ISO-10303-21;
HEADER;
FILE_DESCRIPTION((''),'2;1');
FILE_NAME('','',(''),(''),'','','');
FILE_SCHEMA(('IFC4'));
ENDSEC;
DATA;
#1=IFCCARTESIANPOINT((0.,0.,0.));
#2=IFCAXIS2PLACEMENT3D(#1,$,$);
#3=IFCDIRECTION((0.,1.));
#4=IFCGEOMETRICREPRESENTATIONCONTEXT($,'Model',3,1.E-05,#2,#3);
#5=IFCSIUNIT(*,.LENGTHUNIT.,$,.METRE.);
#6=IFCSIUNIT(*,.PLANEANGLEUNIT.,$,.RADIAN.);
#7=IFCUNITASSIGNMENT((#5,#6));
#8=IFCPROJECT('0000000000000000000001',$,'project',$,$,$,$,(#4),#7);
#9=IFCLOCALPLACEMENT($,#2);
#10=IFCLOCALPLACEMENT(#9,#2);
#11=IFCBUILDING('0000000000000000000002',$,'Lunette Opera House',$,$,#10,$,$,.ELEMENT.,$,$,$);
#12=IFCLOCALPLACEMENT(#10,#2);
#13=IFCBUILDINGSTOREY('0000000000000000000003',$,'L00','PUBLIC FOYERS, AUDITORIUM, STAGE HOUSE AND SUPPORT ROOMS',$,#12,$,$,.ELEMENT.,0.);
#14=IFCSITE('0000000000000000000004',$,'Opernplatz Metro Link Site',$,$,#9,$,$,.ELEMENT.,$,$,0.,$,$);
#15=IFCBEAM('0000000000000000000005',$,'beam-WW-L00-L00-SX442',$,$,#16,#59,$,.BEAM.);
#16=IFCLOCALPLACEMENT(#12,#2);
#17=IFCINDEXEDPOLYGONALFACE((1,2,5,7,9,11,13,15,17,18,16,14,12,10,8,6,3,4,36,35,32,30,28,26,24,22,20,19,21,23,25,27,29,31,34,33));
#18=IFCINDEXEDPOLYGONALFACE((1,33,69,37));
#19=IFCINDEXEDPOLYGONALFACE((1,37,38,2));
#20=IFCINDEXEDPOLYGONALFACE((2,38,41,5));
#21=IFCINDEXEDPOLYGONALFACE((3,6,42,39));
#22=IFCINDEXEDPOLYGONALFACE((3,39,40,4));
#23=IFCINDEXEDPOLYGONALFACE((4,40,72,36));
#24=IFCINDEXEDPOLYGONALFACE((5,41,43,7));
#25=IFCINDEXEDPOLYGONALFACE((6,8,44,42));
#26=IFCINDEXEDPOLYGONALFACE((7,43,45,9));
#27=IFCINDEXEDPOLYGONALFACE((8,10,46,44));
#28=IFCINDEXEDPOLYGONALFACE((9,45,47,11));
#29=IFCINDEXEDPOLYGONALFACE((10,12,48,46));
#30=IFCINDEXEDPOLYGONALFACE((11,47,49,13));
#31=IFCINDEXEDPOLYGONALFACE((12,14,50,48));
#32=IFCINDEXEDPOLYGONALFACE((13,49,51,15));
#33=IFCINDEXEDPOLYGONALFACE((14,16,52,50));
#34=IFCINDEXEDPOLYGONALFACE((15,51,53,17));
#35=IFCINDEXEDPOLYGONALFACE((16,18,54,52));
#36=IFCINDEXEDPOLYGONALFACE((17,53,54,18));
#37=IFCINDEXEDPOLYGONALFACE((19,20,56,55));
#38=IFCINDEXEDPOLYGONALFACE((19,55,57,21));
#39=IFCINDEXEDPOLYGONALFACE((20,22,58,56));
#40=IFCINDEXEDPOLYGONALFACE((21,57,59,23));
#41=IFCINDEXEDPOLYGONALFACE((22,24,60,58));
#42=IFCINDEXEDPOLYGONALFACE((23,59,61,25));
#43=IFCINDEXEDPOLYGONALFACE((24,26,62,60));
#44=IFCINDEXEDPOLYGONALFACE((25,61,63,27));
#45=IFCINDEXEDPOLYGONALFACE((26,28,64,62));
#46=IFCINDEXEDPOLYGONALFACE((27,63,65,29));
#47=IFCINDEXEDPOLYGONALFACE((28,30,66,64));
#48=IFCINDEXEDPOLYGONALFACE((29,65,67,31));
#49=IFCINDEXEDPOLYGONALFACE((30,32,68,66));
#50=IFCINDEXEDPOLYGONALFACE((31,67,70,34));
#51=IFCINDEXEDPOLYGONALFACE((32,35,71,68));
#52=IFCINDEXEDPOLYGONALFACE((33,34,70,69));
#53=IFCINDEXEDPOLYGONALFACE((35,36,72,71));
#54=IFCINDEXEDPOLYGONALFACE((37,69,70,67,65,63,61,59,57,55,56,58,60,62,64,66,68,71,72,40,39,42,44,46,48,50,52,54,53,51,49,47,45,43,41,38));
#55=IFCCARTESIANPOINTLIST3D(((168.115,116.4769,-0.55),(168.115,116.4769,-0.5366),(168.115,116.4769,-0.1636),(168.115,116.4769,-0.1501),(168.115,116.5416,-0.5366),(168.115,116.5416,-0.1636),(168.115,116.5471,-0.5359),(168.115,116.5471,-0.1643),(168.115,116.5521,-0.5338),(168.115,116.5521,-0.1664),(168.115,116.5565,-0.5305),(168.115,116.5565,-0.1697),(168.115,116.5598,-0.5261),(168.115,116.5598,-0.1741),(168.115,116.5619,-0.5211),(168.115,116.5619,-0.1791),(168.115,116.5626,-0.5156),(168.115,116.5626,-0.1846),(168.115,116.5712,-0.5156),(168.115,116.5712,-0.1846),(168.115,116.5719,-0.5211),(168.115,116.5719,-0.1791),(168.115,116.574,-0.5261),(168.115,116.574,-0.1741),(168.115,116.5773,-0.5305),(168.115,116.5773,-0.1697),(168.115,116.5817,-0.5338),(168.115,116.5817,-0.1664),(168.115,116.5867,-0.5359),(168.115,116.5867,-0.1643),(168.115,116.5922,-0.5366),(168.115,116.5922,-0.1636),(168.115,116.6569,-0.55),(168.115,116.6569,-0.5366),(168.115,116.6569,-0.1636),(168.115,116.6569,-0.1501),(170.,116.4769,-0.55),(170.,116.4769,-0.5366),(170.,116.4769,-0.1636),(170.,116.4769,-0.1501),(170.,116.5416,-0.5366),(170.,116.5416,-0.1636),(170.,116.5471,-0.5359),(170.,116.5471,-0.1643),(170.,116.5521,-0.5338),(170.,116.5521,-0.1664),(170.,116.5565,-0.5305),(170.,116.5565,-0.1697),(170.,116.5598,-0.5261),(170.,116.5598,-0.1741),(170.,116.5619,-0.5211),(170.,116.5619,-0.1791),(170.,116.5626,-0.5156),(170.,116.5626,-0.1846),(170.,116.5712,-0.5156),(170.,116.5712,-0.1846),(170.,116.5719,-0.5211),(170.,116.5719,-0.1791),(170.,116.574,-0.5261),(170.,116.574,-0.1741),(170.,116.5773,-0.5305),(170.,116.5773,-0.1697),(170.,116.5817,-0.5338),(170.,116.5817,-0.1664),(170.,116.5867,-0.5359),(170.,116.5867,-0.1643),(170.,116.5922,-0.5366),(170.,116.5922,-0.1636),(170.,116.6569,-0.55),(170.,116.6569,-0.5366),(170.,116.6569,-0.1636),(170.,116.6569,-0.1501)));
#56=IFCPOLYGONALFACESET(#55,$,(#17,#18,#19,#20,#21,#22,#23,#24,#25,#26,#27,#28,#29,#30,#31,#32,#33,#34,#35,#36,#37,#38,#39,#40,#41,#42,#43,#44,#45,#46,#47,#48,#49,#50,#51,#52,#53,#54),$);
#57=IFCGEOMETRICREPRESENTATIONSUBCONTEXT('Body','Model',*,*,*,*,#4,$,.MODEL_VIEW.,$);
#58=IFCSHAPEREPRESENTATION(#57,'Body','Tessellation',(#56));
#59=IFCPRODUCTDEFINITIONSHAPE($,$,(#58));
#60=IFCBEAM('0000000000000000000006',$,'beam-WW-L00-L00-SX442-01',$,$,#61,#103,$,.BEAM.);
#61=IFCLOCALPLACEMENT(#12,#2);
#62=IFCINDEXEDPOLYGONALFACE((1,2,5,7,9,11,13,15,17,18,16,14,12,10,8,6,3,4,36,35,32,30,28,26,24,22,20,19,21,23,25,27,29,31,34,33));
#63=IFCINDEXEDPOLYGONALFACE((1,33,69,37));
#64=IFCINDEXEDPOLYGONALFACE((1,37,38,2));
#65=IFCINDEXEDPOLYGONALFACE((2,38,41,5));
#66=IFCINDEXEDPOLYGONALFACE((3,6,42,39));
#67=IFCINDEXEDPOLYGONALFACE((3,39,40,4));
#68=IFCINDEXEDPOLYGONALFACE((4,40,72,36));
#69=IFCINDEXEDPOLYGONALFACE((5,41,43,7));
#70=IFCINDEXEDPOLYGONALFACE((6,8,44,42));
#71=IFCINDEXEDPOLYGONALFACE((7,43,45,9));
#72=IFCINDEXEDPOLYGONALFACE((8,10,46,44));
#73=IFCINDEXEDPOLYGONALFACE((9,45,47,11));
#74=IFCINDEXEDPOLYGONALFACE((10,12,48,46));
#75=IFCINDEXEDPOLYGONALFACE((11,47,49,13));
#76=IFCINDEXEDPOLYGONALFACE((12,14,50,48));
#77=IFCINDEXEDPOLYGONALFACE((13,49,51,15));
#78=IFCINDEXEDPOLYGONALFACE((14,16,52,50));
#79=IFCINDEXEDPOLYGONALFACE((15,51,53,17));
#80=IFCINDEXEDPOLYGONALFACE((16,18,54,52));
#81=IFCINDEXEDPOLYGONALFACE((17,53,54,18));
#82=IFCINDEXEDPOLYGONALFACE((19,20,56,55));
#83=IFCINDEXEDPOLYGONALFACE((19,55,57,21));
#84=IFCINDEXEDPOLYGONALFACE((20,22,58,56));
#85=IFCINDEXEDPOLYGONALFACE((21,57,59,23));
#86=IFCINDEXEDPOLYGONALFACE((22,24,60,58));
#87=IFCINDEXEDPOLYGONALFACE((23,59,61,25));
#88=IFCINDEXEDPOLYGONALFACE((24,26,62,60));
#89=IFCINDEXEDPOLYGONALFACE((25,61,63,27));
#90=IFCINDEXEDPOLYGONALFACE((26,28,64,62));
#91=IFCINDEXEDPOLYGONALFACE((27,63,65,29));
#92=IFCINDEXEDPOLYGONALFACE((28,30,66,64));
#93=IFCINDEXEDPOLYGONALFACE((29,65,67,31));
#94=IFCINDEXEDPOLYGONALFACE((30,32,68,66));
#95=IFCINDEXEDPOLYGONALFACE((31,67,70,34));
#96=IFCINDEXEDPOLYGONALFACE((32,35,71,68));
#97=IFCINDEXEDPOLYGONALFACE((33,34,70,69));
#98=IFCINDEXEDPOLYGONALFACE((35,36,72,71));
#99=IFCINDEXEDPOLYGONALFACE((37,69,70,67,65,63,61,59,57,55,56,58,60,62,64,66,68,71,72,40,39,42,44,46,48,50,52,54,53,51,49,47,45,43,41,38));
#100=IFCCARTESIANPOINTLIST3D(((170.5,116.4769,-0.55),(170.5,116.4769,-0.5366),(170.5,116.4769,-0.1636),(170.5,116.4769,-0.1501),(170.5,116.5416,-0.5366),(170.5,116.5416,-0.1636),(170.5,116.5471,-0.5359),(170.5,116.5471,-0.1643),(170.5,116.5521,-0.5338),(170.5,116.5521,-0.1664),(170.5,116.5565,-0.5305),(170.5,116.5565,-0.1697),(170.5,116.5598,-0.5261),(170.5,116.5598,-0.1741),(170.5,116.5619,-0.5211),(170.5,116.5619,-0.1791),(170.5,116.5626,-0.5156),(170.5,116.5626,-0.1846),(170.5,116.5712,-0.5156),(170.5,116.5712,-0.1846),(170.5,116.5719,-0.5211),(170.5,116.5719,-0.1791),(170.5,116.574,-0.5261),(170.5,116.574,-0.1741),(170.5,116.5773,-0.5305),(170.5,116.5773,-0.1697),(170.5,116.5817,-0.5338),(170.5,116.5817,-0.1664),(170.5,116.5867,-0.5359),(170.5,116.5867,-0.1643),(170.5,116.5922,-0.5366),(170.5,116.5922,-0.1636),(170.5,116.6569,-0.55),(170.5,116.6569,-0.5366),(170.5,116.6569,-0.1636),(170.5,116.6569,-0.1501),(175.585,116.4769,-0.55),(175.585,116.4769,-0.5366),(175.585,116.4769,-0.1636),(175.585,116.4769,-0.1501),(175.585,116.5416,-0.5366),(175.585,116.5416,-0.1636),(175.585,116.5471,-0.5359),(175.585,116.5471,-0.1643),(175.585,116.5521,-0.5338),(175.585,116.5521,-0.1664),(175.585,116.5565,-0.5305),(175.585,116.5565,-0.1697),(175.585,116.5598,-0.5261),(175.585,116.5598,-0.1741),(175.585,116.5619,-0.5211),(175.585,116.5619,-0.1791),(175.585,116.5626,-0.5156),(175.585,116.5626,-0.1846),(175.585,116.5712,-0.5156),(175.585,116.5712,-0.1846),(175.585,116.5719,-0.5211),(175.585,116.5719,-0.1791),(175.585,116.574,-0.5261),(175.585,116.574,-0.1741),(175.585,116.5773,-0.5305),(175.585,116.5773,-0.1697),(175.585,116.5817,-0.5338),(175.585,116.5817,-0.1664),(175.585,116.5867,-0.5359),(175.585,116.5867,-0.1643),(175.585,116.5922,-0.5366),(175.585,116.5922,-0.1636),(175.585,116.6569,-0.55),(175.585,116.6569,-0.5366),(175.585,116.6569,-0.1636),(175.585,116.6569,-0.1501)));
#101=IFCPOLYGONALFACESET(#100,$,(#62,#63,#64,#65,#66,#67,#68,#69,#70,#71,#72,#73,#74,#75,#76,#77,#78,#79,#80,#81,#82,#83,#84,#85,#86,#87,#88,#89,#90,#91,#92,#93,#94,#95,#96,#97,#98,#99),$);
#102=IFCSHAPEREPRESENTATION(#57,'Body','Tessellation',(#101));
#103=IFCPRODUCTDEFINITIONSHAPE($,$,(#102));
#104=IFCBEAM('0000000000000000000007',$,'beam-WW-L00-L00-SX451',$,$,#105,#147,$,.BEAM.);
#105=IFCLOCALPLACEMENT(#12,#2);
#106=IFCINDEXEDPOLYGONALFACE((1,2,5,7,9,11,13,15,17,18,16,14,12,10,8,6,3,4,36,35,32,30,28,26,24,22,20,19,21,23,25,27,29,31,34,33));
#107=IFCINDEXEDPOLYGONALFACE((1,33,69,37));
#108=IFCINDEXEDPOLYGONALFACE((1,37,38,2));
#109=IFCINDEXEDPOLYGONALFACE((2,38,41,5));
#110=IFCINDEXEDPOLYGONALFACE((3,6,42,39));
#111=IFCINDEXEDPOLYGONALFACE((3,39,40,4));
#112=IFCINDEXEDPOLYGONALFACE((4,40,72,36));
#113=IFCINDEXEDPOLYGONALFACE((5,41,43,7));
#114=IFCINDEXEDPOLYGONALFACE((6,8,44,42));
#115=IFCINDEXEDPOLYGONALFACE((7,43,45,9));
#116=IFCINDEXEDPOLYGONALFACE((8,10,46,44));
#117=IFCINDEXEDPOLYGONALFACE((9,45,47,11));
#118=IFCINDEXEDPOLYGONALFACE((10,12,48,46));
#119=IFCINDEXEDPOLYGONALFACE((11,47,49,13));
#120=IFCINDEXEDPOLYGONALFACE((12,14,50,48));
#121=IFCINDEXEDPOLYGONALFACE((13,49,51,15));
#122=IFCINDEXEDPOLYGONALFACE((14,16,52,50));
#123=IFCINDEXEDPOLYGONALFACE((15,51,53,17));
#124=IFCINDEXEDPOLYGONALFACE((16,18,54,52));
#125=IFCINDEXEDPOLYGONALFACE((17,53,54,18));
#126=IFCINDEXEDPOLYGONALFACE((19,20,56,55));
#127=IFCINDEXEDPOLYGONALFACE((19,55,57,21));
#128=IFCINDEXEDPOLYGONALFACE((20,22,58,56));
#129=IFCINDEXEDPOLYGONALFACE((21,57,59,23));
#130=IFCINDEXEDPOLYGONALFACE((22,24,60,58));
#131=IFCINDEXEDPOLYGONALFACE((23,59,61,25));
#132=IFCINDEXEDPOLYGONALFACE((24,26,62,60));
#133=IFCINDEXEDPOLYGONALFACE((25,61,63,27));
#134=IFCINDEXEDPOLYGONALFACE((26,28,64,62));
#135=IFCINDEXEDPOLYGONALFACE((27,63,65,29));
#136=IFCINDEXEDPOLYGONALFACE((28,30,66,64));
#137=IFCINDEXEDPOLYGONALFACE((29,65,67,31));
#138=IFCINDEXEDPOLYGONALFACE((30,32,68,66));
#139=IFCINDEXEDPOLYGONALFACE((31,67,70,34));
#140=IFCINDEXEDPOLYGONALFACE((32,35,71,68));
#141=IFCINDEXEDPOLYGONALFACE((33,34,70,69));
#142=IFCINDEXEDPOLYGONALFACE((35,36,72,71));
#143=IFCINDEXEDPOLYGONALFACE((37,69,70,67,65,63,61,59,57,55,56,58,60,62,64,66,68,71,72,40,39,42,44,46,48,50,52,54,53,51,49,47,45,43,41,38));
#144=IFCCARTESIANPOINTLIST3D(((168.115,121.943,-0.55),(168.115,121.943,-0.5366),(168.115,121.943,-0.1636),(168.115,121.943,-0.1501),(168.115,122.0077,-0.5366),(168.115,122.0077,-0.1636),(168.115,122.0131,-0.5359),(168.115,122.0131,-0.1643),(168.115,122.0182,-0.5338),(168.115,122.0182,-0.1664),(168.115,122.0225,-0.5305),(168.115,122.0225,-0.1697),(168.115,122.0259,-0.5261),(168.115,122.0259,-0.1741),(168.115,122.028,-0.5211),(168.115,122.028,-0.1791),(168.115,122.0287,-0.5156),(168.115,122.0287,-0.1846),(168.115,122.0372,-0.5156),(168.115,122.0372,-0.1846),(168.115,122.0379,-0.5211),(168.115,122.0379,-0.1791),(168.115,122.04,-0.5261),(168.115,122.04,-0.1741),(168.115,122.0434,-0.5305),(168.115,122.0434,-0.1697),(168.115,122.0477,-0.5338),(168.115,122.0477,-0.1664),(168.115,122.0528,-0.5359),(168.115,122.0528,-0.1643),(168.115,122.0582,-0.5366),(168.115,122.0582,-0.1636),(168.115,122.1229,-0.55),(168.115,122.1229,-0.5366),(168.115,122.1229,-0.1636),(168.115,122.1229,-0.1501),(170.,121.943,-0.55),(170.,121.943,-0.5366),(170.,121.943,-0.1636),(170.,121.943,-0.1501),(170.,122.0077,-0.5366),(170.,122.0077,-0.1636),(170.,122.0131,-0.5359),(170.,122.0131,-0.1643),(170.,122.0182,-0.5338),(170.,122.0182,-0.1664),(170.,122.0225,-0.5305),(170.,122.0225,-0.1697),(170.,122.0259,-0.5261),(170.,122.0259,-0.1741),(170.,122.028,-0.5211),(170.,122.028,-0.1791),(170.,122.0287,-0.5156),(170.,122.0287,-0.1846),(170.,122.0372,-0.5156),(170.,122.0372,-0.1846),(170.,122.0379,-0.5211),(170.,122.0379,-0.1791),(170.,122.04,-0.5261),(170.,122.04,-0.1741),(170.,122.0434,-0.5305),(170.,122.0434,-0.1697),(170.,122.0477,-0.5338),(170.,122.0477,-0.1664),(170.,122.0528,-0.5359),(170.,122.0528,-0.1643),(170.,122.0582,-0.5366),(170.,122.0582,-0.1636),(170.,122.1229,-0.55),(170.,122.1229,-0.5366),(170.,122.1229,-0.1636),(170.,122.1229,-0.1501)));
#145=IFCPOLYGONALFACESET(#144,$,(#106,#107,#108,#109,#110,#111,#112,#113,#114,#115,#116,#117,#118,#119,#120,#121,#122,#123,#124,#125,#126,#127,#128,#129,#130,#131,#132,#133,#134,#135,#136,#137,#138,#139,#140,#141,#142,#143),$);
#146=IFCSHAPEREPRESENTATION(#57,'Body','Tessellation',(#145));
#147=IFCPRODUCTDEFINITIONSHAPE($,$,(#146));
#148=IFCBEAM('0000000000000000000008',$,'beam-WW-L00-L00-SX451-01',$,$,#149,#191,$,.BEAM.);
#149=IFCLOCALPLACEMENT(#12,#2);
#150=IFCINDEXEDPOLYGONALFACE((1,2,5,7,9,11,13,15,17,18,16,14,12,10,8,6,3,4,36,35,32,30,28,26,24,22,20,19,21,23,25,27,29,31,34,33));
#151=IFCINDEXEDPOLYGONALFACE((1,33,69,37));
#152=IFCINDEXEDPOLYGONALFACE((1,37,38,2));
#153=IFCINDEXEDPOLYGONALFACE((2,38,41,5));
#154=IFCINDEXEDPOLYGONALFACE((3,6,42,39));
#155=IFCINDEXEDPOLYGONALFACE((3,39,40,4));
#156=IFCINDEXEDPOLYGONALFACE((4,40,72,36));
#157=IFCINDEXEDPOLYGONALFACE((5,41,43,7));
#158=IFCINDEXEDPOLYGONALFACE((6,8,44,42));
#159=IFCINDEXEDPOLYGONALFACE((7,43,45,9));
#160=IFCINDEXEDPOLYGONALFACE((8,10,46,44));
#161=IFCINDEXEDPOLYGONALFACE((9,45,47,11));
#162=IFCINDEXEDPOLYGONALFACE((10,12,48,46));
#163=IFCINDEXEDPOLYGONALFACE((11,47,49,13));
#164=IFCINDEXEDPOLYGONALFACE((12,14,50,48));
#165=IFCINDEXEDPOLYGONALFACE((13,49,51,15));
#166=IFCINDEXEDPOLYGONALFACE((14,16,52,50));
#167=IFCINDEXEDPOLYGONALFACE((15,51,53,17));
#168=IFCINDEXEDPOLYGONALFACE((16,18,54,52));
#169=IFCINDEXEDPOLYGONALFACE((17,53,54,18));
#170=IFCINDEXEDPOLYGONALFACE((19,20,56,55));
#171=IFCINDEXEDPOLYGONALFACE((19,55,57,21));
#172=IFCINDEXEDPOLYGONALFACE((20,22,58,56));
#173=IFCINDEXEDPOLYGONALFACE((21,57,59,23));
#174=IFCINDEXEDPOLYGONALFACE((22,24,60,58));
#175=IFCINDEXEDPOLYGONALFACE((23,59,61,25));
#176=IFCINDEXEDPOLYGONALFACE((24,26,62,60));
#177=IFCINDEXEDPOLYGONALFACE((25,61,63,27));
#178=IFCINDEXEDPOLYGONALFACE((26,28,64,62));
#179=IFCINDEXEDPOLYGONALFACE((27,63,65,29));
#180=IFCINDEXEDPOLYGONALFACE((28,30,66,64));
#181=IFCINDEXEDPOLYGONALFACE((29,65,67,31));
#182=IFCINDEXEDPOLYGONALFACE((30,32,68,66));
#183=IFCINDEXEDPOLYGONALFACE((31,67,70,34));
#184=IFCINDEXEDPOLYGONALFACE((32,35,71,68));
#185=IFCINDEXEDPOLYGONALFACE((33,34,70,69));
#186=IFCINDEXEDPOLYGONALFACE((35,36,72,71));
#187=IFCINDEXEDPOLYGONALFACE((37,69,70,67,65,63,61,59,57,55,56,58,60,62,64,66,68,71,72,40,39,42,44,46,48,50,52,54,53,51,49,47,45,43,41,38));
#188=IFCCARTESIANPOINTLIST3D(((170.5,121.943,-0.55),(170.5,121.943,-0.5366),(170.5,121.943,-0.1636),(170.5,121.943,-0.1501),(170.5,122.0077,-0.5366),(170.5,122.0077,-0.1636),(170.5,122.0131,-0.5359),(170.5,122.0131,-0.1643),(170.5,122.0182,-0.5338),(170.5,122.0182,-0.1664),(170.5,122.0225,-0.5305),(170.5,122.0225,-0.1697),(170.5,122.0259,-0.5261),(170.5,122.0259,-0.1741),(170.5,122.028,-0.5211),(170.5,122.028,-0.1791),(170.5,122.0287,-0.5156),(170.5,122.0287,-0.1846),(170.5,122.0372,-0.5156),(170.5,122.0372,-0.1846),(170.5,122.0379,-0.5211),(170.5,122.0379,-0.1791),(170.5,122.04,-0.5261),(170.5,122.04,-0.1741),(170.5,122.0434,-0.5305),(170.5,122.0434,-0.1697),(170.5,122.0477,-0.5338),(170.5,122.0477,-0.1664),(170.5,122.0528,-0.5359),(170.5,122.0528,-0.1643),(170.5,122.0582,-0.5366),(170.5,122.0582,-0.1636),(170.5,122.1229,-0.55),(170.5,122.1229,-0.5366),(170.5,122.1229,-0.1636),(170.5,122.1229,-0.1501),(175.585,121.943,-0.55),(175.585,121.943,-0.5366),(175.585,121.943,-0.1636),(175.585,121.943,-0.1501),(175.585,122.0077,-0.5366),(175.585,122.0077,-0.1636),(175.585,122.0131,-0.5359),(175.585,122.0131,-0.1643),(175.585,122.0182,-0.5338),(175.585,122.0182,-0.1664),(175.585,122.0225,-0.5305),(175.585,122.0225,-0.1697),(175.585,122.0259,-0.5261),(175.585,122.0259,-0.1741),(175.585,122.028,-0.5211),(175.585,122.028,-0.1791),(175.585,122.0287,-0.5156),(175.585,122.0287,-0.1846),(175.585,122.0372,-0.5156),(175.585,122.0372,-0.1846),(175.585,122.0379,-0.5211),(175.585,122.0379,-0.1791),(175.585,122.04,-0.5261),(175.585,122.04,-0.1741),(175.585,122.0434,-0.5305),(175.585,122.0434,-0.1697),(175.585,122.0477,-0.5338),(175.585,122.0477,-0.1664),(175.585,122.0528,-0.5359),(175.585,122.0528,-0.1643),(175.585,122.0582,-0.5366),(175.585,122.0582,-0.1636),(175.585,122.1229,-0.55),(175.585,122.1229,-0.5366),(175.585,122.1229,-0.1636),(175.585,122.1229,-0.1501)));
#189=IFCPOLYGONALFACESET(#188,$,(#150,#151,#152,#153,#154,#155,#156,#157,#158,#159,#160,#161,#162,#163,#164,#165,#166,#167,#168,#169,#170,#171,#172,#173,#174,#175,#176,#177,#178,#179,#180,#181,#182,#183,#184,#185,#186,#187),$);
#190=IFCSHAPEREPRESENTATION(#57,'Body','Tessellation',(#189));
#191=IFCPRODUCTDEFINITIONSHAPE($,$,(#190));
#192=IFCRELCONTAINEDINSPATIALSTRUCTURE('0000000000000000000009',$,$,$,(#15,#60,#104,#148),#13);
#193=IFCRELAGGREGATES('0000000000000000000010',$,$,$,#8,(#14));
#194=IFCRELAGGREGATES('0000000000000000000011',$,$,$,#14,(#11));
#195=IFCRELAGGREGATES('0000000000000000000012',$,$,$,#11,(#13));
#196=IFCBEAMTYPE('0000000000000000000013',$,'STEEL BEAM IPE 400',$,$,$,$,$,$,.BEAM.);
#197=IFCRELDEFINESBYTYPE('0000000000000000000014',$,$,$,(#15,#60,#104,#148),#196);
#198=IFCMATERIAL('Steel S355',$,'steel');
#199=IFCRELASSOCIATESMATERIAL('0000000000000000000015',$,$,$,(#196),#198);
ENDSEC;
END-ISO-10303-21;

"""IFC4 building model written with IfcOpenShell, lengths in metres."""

from ifc_helpers import new_model, si_unit, direction, frame, origin, origin_2d, place, context, subcontext, project, spatial, i_section, extrude, material, material_profile, profile_set, type_object, element, save


model = new_model("IFC4")

# Units and contexts
model_context = context("Model", 3, precision=1e-05, world=origin(), true_north=direction((0.0, 1.0)))
body_context = subcontext(model_context, "Body", "Model", "MODEL_VIEW")
ifc_project = project(units=[si_unit("LENGTHUNIT", "METRE"), si_unit("PLANEANGLEUNIT", "RADIAN")], contexts=[model_context])

# Site, building, storey
site_placement = place(None, origin())
site = spatial("IfcSite", under=ifc_project, at=site_placement, Name="Opernplatz Metro Link Site", CompositionType="ELEMENT", RefElevation=0.0)
building_placement = place(site_placement, origin())
building = spatial("IfcBuilding", under=site, at=building_placement, Name="Lunette Opera House", CompositionType="ELEMENT")
storey_placement = place(building_placement, origin())
storey = spatial("IfcBuildingStorey", under=building, at=storey_placement, Name="L00", Description="PUBLIC FOYERS, AUDITORIUM, STAGE HOUSE AND SUPPORT ROOMS", CompositionType="ELEMENT", Elevation=0.0)

# Beams
ifc_material_1 = material(Name="Steel S355", Category="steel")
ifc_material_profile_1 = material_profile(ifc_material_1, i_section(OverallWidth=0.1799, OverallDepth=0.3999, WebThickness=0.0085, FlangeThickness=0.0134, FilletRadius=0.021, at=origin_2d()), Name="IPE 400")
ifc_profile_set_1 = profile_set([ifc_material_profile_1], Name="Steel S355")
beam_type_1 = type_object("IfcBeamType", Name="STEEL BEAM IPE 400", PredefinedType="BEAM", material=ifc_profile_set_1)
beam_1_placement = place(storey_placement, frame((168.115, 116.5669, -0.3501), z_axis=(1.0, 0.0, 0.0), x_axis=(0.0, 1.0, 0.0)))
element("IfcBeam", 1, at=beam_1_placement, inside=storey, type_object=beam_type_1, Name="beam-WW-L00-L00-SX442", PredefinedType="BEAM", context=body_context, shape_type="SweptSolid", body=[
    extrude(i_section(OverallWidth=0.1799, OverallDepth=0.3999, WebThickness=0.0085, FlangeThickness=0.0134, FilletRadius=0.021, at=origin_2d()), origin(), (0.0, 0.0, 1.0), 1.885),
])
beam_2_placement = place(storey_placement, frame((170.5, 116.5669, -0.3501), z_axis=(1.0, 0.0, 0.0), x_axis=(0.0, 1.0, 0.0)))
element("IfcBeam", 2, at=beam_2_placement, inside=storey, type_object=beam_type_1, Name="beam-WW-L00-L00-SX442-01", PredefinedType="BEAM", context=body_context, shape_type="SweptSolid", body=[
    extrude(i_section(OverallWidth=0.1799, OverallDepth=0.3999, WebThickness=0.0085, FlangeThickness=0.0134, FilletRadius=0.021, at=origin_2d()), origin(), (0.0, 0.0, 1.0), 5.085),
])
beam_3_placement = place(storey_placement, frame((168.115, 122.033, -0.3501), z_axis=(1.0, 0.0, 0.0), x_axis=(0.0, 1.0, 0.0)))
element("IfcBeam", 3, at=beam_3_placement, inside=storey, type_object=beam_type_1, Name="beam-WW-L00-L00-SX451", PredefinedType="BEAM", context=body_context, shape_type="SweptSolid", body=[
    extrude(i_section(OverallWidth=0.1799, OverallDepth=0.3999, WebThickness=0.0085, FlangeThickness=0.0134, FilletRadius=0.021, at=origin_2d()), origin(), (0.0, 0.0, 1.0), 1.885),
])
beam_4_placement = place(storey_placement, frame((170.5, 122.033, -0.3501), z_axis=(1.0, 0.0, 0.0), x_axis=(0.0, 1.0, 0.0)))
element("IfcBeam", 4, at=beam_4_placement, inside=storey, type_object=beam_type_1, Name="beam-WW-L00-L00-SX451-01", PredefinedType="BEAM", context=body_context, shape_type="SweptSolid", body=[
    extrude(i_section(OverallWidth=0.1799, OverallDepth=0.3999, WebThickness=0.0085, FlangeThickness=0.0134, FilletRadius=0.021, at=origin_2d()), origin(), (0.0, 0.0, 1.0), 5.085),
])

save(model, "model.ifc")
